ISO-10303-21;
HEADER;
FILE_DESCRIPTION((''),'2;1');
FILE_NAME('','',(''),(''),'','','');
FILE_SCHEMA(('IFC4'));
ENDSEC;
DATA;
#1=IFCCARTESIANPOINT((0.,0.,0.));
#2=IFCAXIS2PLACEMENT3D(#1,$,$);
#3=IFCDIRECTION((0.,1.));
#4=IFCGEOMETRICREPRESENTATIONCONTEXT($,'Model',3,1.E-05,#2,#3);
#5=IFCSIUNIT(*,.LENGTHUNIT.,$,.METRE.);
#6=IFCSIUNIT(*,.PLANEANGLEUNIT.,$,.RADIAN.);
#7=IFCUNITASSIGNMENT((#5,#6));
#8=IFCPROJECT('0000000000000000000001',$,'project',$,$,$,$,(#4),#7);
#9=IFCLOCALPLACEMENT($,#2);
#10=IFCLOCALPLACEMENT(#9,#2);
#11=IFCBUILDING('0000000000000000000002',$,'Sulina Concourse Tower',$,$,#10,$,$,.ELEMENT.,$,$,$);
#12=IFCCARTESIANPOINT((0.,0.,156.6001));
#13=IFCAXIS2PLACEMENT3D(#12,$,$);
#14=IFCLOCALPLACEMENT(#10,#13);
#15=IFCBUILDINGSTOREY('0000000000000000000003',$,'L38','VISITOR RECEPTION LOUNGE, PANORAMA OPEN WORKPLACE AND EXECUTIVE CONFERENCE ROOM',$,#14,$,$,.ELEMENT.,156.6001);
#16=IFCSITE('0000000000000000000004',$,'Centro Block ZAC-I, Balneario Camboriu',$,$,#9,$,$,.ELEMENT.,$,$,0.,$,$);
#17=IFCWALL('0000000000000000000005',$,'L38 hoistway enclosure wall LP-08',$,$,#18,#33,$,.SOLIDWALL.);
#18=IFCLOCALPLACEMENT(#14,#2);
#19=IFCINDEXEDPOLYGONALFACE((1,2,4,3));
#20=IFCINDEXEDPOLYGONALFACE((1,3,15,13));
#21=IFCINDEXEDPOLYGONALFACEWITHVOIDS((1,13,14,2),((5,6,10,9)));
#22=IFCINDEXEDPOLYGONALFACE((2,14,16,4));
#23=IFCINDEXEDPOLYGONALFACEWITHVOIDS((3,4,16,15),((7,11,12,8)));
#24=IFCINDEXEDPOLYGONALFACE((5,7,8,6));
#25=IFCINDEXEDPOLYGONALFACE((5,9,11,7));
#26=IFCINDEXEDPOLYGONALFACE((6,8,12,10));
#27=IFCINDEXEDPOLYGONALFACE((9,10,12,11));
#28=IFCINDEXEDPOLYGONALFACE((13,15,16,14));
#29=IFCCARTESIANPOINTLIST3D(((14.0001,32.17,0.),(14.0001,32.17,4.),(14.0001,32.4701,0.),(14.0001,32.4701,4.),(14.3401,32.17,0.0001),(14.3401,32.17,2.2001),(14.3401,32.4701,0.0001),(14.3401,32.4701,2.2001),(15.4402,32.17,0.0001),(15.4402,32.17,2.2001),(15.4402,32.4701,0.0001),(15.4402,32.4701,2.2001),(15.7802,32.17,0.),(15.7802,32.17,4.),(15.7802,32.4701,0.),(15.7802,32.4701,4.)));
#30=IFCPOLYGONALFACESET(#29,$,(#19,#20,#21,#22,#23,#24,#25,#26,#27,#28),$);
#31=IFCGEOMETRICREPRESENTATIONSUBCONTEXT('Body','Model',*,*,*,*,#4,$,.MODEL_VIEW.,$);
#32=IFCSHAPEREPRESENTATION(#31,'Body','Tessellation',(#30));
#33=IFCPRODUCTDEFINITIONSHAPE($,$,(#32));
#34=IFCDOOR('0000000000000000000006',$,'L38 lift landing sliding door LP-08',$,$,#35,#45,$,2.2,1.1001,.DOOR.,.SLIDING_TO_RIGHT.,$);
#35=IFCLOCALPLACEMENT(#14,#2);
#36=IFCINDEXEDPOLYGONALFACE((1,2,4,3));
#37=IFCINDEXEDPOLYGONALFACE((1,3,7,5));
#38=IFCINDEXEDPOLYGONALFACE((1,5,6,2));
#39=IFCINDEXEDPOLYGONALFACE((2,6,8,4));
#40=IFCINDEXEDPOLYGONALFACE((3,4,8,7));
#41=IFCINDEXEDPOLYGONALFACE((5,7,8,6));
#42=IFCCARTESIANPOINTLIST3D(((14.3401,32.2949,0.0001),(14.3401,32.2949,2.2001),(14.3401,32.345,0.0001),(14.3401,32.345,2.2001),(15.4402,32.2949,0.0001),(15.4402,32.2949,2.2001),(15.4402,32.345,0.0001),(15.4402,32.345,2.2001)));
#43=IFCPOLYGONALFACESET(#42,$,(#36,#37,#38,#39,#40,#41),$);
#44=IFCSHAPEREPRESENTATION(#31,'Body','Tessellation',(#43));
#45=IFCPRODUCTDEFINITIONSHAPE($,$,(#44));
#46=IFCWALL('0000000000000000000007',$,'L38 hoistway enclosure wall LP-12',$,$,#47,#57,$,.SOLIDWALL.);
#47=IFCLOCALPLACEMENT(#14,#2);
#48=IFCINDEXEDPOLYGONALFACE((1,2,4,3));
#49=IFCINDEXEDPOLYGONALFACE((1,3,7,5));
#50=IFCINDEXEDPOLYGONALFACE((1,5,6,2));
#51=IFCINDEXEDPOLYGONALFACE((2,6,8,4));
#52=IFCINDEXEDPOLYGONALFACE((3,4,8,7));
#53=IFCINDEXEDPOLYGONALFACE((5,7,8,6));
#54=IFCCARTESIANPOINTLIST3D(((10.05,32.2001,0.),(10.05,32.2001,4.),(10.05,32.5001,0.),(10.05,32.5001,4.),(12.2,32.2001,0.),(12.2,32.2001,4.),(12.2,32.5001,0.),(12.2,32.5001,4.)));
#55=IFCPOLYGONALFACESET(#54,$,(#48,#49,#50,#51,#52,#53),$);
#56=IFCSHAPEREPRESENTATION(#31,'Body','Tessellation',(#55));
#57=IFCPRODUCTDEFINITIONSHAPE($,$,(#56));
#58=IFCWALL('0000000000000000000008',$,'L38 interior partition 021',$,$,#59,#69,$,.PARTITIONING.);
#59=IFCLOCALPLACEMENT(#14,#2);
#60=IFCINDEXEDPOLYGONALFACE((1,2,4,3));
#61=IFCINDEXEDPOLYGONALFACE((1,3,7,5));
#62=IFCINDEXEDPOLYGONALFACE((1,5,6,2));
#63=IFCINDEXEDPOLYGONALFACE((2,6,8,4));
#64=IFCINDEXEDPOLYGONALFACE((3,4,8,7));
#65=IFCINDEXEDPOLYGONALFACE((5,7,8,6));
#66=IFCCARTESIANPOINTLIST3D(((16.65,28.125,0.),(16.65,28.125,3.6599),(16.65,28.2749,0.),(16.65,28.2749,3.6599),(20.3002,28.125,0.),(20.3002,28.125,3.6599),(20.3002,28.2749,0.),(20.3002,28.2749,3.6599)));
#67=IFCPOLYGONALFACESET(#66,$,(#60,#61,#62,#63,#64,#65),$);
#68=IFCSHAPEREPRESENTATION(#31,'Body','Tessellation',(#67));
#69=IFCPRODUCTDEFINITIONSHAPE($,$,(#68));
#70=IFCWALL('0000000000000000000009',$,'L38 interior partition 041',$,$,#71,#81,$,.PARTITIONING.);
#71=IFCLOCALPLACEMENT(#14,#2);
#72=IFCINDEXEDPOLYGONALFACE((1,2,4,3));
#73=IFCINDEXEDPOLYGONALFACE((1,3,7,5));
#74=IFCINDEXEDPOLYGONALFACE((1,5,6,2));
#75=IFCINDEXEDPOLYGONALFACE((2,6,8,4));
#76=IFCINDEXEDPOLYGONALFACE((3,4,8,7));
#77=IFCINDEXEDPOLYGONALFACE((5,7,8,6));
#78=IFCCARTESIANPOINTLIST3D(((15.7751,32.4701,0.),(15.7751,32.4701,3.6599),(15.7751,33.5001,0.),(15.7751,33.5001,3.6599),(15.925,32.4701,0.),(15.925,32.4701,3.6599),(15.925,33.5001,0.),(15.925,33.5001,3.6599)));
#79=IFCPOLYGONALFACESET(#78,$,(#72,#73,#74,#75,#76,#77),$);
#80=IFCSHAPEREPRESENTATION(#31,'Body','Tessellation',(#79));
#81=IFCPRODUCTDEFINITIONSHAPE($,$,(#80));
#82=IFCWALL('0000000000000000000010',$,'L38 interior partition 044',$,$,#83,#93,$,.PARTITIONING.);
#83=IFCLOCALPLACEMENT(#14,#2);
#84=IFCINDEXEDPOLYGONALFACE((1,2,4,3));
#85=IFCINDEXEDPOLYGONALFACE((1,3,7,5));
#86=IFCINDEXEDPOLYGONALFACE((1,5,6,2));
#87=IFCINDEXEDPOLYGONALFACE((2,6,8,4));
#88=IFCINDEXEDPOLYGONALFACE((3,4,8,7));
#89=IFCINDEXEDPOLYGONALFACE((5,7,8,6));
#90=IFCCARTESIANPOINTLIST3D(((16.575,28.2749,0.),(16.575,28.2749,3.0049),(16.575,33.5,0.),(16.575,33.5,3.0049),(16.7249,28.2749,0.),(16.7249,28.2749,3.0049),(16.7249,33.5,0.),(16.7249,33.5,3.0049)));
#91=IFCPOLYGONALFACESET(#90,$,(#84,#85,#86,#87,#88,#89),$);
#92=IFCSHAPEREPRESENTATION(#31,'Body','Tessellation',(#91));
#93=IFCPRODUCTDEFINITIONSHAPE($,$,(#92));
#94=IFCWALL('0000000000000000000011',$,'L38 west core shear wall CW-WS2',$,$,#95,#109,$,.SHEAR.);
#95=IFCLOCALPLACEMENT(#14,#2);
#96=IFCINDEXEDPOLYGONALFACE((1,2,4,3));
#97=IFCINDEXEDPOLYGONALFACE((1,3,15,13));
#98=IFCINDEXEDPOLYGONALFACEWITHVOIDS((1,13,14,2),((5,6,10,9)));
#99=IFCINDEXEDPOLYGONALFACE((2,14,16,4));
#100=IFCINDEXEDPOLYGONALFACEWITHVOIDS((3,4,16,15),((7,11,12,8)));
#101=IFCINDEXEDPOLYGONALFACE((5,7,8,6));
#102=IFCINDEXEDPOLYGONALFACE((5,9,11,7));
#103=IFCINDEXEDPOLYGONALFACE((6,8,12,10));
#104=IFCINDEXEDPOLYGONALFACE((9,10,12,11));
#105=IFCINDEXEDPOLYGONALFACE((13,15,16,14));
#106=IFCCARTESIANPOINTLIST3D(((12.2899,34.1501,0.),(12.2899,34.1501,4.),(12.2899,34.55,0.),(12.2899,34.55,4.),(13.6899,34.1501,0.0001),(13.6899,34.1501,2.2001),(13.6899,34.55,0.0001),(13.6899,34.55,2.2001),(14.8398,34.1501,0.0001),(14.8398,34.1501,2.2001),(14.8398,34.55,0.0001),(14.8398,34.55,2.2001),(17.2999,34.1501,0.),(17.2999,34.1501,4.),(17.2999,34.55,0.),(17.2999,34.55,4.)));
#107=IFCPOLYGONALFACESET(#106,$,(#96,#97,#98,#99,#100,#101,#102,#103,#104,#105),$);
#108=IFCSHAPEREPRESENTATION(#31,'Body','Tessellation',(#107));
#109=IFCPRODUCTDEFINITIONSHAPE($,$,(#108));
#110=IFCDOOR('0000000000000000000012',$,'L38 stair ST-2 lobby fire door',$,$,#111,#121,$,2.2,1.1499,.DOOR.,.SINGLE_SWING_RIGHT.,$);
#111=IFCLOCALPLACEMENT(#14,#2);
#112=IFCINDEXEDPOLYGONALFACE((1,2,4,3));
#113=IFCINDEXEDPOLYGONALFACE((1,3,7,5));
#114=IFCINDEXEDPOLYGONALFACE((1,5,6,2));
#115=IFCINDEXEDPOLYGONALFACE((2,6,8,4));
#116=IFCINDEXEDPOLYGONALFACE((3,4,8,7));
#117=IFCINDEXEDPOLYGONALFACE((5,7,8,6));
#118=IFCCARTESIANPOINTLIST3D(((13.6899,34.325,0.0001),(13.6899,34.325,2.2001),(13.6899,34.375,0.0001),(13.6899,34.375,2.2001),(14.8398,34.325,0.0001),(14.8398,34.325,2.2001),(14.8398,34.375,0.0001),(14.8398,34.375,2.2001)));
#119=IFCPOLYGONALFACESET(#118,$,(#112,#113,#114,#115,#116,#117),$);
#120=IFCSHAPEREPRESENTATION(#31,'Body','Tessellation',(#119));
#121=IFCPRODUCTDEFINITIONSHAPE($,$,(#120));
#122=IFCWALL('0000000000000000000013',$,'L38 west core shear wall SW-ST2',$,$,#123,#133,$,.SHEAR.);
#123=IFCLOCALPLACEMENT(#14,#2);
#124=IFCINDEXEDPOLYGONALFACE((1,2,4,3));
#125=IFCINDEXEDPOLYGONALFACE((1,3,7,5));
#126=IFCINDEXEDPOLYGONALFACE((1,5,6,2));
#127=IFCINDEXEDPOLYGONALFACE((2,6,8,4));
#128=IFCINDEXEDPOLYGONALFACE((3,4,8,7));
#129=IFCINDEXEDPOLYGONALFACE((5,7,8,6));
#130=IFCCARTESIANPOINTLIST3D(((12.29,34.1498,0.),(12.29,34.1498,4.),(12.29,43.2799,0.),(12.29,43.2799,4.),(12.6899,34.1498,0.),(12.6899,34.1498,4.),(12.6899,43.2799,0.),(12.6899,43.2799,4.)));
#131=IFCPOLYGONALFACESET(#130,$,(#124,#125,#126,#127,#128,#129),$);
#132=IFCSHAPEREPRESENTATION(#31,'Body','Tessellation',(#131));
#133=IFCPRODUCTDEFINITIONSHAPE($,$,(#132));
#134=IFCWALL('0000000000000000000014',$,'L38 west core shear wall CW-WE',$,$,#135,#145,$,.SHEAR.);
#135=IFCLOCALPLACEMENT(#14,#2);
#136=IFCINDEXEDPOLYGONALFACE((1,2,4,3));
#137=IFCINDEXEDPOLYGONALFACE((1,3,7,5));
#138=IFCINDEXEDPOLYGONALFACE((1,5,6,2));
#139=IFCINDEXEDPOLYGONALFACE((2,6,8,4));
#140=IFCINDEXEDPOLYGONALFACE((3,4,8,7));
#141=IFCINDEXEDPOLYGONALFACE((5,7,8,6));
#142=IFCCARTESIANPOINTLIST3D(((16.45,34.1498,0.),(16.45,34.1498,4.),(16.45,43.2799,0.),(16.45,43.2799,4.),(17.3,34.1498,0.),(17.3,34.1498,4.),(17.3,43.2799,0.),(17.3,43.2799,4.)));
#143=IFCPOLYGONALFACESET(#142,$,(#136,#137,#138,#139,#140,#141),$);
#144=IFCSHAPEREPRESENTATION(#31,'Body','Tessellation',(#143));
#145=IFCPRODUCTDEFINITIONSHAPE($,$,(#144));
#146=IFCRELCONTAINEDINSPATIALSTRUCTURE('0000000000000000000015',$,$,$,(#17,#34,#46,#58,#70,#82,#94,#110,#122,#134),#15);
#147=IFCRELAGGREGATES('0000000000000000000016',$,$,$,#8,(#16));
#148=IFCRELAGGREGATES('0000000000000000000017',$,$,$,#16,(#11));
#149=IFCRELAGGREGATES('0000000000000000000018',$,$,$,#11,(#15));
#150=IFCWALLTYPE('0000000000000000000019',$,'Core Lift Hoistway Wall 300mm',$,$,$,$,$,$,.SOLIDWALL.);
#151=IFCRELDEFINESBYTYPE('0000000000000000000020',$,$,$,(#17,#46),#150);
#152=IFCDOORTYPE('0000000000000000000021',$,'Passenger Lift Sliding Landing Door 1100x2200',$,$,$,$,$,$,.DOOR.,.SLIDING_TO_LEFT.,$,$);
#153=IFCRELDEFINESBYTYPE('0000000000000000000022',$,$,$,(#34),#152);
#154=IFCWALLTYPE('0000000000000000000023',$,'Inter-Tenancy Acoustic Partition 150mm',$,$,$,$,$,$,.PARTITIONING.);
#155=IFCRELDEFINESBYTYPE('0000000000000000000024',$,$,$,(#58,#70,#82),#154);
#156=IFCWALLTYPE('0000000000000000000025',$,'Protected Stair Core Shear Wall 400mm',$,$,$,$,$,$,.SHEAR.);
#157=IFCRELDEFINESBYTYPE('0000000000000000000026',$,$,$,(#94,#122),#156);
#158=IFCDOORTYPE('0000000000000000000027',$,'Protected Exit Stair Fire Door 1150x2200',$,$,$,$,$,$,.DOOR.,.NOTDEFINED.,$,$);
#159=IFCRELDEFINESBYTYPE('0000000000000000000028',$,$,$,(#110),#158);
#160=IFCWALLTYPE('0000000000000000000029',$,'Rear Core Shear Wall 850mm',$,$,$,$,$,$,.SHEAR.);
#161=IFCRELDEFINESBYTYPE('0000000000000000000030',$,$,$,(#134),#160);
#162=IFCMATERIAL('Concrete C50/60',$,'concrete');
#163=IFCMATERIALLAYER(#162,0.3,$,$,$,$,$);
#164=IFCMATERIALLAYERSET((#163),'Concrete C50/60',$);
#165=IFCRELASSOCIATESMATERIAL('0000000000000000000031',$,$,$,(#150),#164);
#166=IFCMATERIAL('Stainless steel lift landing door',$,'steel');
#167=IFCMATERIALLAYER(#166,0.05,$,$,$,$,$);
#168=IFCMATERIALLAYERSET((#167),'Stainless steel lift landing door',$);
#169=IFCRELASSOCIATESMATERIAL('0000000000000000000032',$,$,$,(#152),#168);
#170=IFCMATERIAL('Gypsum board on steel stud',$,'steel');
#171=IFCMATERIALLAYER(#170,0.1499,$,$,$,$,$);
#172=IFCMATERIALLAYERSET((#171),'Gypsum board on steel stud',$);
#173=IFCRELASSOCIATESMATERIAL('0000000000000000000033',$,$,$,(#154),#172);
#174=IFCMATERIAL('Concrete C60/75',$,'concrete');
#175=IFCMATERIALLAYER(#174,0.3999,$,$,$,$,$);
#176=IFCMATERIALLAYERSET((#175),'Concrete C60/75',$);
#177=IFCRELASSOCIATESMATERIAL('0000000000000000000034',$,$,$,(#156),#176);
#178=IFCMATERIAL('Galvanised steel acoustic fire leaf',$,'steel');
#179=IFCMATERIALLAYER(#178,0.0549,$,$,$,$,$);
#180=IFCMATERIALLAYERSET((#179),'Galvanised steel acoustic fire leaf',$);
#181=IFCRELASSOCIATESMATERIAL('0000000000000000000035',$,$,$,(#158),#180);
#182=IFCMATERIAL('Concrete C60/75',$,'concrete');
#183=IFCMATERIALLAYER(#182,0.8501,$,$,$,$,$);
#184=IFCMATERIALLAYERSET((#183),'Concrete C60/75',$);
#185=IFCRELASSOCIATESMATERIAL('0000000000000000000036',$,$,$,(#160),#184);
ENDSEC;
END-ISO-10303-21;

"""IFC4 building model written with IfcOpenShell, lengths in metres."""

from ifc_helpers import new_model, si_unit, direction, frame, frame_2d, origin, place, context, subcontext, project, spatial, rectangle, extrude, material, layer, layer_set, type_object, element, fill, save


model = new_model("IFC4")

# Units and contexts
model_context = context("Model", 3, precision=1e-05, world=origin(), true_north=direction((0.0, 1.0)))
body_context = subcontext(model_context, "Body", "Model", "MODEL_VIEW")
ifc_project = project(units=[si_unit("LENGTHUNIT", "METRE"), si_unit("PLANEANGLEUNIT", "RADIAN")], contexts=[model_context])

# Site, building, storey
site_placement = place(None, origin())
site = spatial("IfcSite", under=ifc_project, at=site_placement, Name="Centro Block ZAC-I, Balneario Camboriu", CompositionType="ELEMENT", RefElevation=0.0)
building_placement = place(site_placement, origin())
building = spatial("IfcBuilding", under=site, at=building_placement, Name="Sulina Concourse Tower", CompositionType="ELEMENT")
storey_placement = place(building_placement, frame((0.0, 0.0, 156.6001)))
storey = spatial("IfcBuildingStorey", under=building, at=storey_placement, Name="L38", Description="VISITOR RECEPTION LOUNGE, PANORAMA OPEN WORKPLACE AND EXECUTIVE CONFERENCE ROOM", CompositionType="ELEMENT", Elevation=156.6001)

# Wall, opening, door
ifc_material_1 = material(Name="Concrete C50/60", Category="concrete")
ifc_layer_1 = layer(ifc_material_1, 0.3)
ifc_layer_set_1 = layer_set([ifc_layer_1], Name="Concrete C50/60")
wall_type_1 = type_object("IfcWallType", Name="Core Lift Hoistway Wall 300mm", PredefinedType="SOLIDWALL", material=ifc_layer_set_1)
ifc_material_2 = material(Name="Stainless steel lift landing door", Category="steel")
ifc_layer_2 = layer(ifc_material_2, 0.05)
ifc_layer_set_2 = layer_set([ifc_layer_2], Name="Stainless steel lift landing door")
door_type_1 = type_object("IfcDoorType", Name="Passenger Lift Sliding Landing Door 1100x2200", OperationType="SLIDING_TO_LEFT", PredefinedType="DOOR", material=ifc_layer_set_2)
wall_1_placement = place(storey_placement, frame((14.0, 32.3201, 0.0), z_axis=(0.0, 0.0, 1.0), x_axis=(1.0, 0.0, 0.0)))
wall_1 = element("IfcWall", 1, at=wall_1_placement, inside=storey, type_object=wall_type_1, Name="L38 hoistway enclosure wall LP-08", PredefinedType="SOLIDWALL", context=body_context, shape_type="SweptSolid", body=[
    extrude(rectangle(XDim=1.78, YDim=0.3, at=frame_2d((0.8901, 0.0))), origin(), (0.0, 0.0, 1.0), 4.0),
])
opening_1_placement = place(wall_1_placement, frame((0.3401, 0.0, 0.0)))
opening_1 = element("IfcOpeningElement", 2, at=opening_1_placement, cuts=wall_1, PredefinedType="OPENING", context=body_context, shape_type="SweptSolid", body=[
    extrude(rectangle(XDim=1.1001, YDim=2.2, at=frame_2d((0.55, 1.1001))), frame((0.0, 0.1599, 0.0), z_axis=(0.0, -1.0, 0.0), x_axis=(1.0, 0.0, 0.0)), (0.0, 0.0, 1.0), 0.3201),
])
door_1_placement = place(opening_1_placement, origin())
door_1 = element("IfcDoor", 3, at=door_1_placement, inside=storey, type_object=door_type_1, Name="L38 lift landing sliding door LP-08", OperationType="SLIDING_TO_RIGHT", OverallHeight=2.2, OverallWidth=1.1001, PredefinedType="DOOR", context=body_context, shape_type="SweptSolid", body=[
    extrude(rectangle(XDim=1.1001, YDim=2.2, at=frame_2d((0.55, 1.1001))), frame((0.0, 0.0249, 0.0), z_axis=(0.0, -1.0, 0.0), x_axis=(1.0, 0.0, 0.0)), (0.0, 0.0, 1.0), 0.05),
])
fill(opening_1, door_1)

# Walls
wall_2_placement = place(storey_placement, frame((10.05, 32.3501, 0.0), z_axis=(0.0, 0.0, 1.0), x_axis=(1.0, 0.0, 0.0)))
element("IfcWall", 4, at=wall_2_placement, inside=storey, type_object=wall_type_1, Name="L38 hoistway enclosure wall LP-12", PredefinedType="SOLIDWALL", context=body_context, shape_type="SweptSolid", body=[
    extrude(rectangle(XDim=2.1499, YDim=0.3, at=frame_2d((1.075, 0.0))), origin(), (0.0, 0.0, 1.0), 4.0),
])
ifc_material_3 = material(Name="Gypsum board on steel stud", Category="steel")
ifc_layer_3 = layer(ifc_material_3, 0.1499)
ifc_layer_set_3 = layer_set([ifc_layer_3], Name="Gypsum board on steel stud")
wall_type_2 = type_object("IfcWallType", Name="Inter-Tenancy Acoustic Partition 150mm", PredefinedType="PARTITIONING", material=ifc_layer_set_3)
wall_3_placement = place(storey_placement, frame((16.6499, 28.2, 0.0), z_axis=(0.0, 0.0, 1.0), x_axis=(1.0, 0.0, 0.0)))
element("IfcWall", 5, at=wall_3_placement, inside=storey, type_object=wall_type_2, Name="L38 interior partition 021", PredefinedType="PARTITIONING", context=body_context, shape_type="SweptSolid", body=[
    extrude(rectangle(XDim=3.6501, YDim=0.1499, at=frame_2d((1.8252, 0.0))), origin(), (0.0, 0.0, 1.0), 3.6599),
])
wall_4_placement = place(storey_placement, frame((15.8501, 32.47, 0.0), z_axis=(0.0, 0.0, 1.0), x_axis=(0.0, 1.0, 0.0)))
element("IfcWall", 6, at=wall_4_placement, inside=storey, type_object=wall_type_2, Name="L38 interior partition 041", PredefinedType="PARTITIONING", context=body_context, shape_type="SweptSolid", body=[
    extrude(rectangle(XDim=1.03, YDim=0.1499, at=frame_2d((0.5151, 0.0))), origin(), (0.0, 0.0, 1.0), 3.6599),
])
wall_5_placement = place(storey_placement, frame((16.6499, 28.2749, 0.0), z_axis=(0.0, 0.0, 1.0), x_axis=(0.0, 1.0, 0.0)))
element("IfcWall", 7, at=wall_5_placement, inside=storey, type_object=wall_type_2, Name="L38 interior partition 044", PredefinedType="PARTITIONING", context=body_context, shape_type="SweptSolid", body=[
    extrude(rectangle(XDim=5.2251, YDim=0.1499, at=frame_2d((2.6125, 0.0))), origin(), (0.0, 0.0, 1.0), 3.0049),
])

# Wall, opening, door
ifc_material_4 = material(Name="Concrete C60/75", Category="concrete")
ifc_layer_4 = layer(ifc_material_4, 0.3999)
ifc_layer_set_4 = layer_set([ifc_layer_4], Name="Concrete C60/75")
wall_type_3 = type_object("IfcWallType", Name="Protected Stair Core Shear Wall 400mm", PredefinedType="SHEAR", material=ifc_layer_set_4)
wall_6_placement = place(storey_placement, frame((12.29, 34.3501, 0.0), z_axis=(0.0, 0.0, 1.0), x_axis=(1.0, 0.0, 0.0)))
wall_6 = element("IfcWall", 8, at=wall_6_placement, inside=storey, type_object=wall_type_3, Name="L38 west core shear wall CW-WS2", PredefinedType="SHEAR", context=body_context, shape_type="SweptSolid", body=[
    extrude(rectangle(XDim=5.01, YDim=0.3999, at=frame_2d((2.5049, 0.0))), origin(), (0.0, 0.0, 1.0), 4.0),
])
opening_2_placement = place(wall_6_placement, frame((1.3999, 0.0, 0.0)))
opening_2 = element("IfcOpeningElement", 9, at=opening_2_placement, cuts=wall_6, PredefinedType="OPENING", context=body_context, shape_type="SweptSolid", body=[
    extrude(rectangle(XDim=1.1499, YDim=2.2, at=frame_2d((0.575, 1.1001))), frame((0.0, 0.21, 0.0), z_axis=(0.0, -1.0, 0.0), x_axis=(1.0, 0.0, 0.0)), (0.0, 0.0, 1.0), 0.4199),
])
ifc_material_5 = material(Name="Galvanised steel acoustic fire leaf", Category="steel")
ifc_layer_5 = layer(ifc_material_5, 0.0549)
ifc_layer_set_5 = layer_set([ifc_layer_5], Name="Galvanised steel acoustic fire leaf")
door_type_2 = type_object("IfcDoorType", Name="Protected Exit Stair Fire Door 1150x2200", OperationType="NOTDEFINED", PredefinedType="DOOR", material=ifc_layer_set_5)
door_2_placement = place(opening_2_placement, origin())
door_2 = element("IfcDoor", 10, at=door_2_placement, inside=storey, type_object=door_type_2, Name="L38 stair ST-2 lobby fire door", OperationType="SINGLE_SWING_RIGHT", OverallHeight=2.2, OverallWidth=1.1499, PredefinedType="DOOR", context=body_context, shape_type="SweptSolid", body=[
    extrude(rectangle(XDim=1.1499, YDim=2.2, at=frame_2d((0.575, 1.1001))), frame((0.0, 0.0249, 0.0), z_axis=(0.0, -1.0, 0.0), x_axis=(1.0, 0.0, 0.0)), (0.0, 0.0, 1.0), 0.05),
])
fill(opening_2, door_2)

# Walls
wall_7_placement = place(storey_placement, frame((12.49, 34.1499, 0.0), z_axis=(0.0, 0.0, 1.0), x_axis=(0.0, 1.0, 0.0)))
element("IfcWall", 11, at=wall_7_placement, inside=storey, type_object=wall_type_3, Name="L38 west core shear wall SW-ST2", PredefinedType="SHEAR", context=body_context, shape_type="SweptSolid", body=[
    extrude(rectangle(XDim=9.1301, YDim=0.3999, at=frame_2d((4.5649, 0.0))), origin(), (0.0, 0.0, 1.0), 4.0),
])
ifc_material_6 = material(Name="Concrete C60/75", Category="concrete")
ifc_layer_6 = layer(ifc_material_6, 0.8501)
ifc_layer_set_6 = layer_set([ifc_layer_6], Name="Concrete C60/75")
wall_type_4 = type_object("IfcWallType", Name="Rear Core Shear Wall 850mm", PredefinedType="SHEAR", material=ifc_layer_set_6)
wall_8_placement = place(storey_placement, frame((16.875, 34.1499, 0.0), z_axis=(0.0, 0.0, 1.0), x_axis=(0.0, 1.0, 0.0)))
element("IfcWall", 12, at=wall_8_placement, inside=storey, type_object=wall_type_4, Name="L38 west core shear wall CW-WE", PredefinedType="SHEAR", context=body_context, shape_type="SweptSolid", body=[
    extrude(rectangle(XDim=9.1301, YDim=0.8501, at=frame_2d((4.5649, 0.0))), origin(), (0.0, 0.0, 1.0), 4.0),
])

save(model, "model.ifc")
